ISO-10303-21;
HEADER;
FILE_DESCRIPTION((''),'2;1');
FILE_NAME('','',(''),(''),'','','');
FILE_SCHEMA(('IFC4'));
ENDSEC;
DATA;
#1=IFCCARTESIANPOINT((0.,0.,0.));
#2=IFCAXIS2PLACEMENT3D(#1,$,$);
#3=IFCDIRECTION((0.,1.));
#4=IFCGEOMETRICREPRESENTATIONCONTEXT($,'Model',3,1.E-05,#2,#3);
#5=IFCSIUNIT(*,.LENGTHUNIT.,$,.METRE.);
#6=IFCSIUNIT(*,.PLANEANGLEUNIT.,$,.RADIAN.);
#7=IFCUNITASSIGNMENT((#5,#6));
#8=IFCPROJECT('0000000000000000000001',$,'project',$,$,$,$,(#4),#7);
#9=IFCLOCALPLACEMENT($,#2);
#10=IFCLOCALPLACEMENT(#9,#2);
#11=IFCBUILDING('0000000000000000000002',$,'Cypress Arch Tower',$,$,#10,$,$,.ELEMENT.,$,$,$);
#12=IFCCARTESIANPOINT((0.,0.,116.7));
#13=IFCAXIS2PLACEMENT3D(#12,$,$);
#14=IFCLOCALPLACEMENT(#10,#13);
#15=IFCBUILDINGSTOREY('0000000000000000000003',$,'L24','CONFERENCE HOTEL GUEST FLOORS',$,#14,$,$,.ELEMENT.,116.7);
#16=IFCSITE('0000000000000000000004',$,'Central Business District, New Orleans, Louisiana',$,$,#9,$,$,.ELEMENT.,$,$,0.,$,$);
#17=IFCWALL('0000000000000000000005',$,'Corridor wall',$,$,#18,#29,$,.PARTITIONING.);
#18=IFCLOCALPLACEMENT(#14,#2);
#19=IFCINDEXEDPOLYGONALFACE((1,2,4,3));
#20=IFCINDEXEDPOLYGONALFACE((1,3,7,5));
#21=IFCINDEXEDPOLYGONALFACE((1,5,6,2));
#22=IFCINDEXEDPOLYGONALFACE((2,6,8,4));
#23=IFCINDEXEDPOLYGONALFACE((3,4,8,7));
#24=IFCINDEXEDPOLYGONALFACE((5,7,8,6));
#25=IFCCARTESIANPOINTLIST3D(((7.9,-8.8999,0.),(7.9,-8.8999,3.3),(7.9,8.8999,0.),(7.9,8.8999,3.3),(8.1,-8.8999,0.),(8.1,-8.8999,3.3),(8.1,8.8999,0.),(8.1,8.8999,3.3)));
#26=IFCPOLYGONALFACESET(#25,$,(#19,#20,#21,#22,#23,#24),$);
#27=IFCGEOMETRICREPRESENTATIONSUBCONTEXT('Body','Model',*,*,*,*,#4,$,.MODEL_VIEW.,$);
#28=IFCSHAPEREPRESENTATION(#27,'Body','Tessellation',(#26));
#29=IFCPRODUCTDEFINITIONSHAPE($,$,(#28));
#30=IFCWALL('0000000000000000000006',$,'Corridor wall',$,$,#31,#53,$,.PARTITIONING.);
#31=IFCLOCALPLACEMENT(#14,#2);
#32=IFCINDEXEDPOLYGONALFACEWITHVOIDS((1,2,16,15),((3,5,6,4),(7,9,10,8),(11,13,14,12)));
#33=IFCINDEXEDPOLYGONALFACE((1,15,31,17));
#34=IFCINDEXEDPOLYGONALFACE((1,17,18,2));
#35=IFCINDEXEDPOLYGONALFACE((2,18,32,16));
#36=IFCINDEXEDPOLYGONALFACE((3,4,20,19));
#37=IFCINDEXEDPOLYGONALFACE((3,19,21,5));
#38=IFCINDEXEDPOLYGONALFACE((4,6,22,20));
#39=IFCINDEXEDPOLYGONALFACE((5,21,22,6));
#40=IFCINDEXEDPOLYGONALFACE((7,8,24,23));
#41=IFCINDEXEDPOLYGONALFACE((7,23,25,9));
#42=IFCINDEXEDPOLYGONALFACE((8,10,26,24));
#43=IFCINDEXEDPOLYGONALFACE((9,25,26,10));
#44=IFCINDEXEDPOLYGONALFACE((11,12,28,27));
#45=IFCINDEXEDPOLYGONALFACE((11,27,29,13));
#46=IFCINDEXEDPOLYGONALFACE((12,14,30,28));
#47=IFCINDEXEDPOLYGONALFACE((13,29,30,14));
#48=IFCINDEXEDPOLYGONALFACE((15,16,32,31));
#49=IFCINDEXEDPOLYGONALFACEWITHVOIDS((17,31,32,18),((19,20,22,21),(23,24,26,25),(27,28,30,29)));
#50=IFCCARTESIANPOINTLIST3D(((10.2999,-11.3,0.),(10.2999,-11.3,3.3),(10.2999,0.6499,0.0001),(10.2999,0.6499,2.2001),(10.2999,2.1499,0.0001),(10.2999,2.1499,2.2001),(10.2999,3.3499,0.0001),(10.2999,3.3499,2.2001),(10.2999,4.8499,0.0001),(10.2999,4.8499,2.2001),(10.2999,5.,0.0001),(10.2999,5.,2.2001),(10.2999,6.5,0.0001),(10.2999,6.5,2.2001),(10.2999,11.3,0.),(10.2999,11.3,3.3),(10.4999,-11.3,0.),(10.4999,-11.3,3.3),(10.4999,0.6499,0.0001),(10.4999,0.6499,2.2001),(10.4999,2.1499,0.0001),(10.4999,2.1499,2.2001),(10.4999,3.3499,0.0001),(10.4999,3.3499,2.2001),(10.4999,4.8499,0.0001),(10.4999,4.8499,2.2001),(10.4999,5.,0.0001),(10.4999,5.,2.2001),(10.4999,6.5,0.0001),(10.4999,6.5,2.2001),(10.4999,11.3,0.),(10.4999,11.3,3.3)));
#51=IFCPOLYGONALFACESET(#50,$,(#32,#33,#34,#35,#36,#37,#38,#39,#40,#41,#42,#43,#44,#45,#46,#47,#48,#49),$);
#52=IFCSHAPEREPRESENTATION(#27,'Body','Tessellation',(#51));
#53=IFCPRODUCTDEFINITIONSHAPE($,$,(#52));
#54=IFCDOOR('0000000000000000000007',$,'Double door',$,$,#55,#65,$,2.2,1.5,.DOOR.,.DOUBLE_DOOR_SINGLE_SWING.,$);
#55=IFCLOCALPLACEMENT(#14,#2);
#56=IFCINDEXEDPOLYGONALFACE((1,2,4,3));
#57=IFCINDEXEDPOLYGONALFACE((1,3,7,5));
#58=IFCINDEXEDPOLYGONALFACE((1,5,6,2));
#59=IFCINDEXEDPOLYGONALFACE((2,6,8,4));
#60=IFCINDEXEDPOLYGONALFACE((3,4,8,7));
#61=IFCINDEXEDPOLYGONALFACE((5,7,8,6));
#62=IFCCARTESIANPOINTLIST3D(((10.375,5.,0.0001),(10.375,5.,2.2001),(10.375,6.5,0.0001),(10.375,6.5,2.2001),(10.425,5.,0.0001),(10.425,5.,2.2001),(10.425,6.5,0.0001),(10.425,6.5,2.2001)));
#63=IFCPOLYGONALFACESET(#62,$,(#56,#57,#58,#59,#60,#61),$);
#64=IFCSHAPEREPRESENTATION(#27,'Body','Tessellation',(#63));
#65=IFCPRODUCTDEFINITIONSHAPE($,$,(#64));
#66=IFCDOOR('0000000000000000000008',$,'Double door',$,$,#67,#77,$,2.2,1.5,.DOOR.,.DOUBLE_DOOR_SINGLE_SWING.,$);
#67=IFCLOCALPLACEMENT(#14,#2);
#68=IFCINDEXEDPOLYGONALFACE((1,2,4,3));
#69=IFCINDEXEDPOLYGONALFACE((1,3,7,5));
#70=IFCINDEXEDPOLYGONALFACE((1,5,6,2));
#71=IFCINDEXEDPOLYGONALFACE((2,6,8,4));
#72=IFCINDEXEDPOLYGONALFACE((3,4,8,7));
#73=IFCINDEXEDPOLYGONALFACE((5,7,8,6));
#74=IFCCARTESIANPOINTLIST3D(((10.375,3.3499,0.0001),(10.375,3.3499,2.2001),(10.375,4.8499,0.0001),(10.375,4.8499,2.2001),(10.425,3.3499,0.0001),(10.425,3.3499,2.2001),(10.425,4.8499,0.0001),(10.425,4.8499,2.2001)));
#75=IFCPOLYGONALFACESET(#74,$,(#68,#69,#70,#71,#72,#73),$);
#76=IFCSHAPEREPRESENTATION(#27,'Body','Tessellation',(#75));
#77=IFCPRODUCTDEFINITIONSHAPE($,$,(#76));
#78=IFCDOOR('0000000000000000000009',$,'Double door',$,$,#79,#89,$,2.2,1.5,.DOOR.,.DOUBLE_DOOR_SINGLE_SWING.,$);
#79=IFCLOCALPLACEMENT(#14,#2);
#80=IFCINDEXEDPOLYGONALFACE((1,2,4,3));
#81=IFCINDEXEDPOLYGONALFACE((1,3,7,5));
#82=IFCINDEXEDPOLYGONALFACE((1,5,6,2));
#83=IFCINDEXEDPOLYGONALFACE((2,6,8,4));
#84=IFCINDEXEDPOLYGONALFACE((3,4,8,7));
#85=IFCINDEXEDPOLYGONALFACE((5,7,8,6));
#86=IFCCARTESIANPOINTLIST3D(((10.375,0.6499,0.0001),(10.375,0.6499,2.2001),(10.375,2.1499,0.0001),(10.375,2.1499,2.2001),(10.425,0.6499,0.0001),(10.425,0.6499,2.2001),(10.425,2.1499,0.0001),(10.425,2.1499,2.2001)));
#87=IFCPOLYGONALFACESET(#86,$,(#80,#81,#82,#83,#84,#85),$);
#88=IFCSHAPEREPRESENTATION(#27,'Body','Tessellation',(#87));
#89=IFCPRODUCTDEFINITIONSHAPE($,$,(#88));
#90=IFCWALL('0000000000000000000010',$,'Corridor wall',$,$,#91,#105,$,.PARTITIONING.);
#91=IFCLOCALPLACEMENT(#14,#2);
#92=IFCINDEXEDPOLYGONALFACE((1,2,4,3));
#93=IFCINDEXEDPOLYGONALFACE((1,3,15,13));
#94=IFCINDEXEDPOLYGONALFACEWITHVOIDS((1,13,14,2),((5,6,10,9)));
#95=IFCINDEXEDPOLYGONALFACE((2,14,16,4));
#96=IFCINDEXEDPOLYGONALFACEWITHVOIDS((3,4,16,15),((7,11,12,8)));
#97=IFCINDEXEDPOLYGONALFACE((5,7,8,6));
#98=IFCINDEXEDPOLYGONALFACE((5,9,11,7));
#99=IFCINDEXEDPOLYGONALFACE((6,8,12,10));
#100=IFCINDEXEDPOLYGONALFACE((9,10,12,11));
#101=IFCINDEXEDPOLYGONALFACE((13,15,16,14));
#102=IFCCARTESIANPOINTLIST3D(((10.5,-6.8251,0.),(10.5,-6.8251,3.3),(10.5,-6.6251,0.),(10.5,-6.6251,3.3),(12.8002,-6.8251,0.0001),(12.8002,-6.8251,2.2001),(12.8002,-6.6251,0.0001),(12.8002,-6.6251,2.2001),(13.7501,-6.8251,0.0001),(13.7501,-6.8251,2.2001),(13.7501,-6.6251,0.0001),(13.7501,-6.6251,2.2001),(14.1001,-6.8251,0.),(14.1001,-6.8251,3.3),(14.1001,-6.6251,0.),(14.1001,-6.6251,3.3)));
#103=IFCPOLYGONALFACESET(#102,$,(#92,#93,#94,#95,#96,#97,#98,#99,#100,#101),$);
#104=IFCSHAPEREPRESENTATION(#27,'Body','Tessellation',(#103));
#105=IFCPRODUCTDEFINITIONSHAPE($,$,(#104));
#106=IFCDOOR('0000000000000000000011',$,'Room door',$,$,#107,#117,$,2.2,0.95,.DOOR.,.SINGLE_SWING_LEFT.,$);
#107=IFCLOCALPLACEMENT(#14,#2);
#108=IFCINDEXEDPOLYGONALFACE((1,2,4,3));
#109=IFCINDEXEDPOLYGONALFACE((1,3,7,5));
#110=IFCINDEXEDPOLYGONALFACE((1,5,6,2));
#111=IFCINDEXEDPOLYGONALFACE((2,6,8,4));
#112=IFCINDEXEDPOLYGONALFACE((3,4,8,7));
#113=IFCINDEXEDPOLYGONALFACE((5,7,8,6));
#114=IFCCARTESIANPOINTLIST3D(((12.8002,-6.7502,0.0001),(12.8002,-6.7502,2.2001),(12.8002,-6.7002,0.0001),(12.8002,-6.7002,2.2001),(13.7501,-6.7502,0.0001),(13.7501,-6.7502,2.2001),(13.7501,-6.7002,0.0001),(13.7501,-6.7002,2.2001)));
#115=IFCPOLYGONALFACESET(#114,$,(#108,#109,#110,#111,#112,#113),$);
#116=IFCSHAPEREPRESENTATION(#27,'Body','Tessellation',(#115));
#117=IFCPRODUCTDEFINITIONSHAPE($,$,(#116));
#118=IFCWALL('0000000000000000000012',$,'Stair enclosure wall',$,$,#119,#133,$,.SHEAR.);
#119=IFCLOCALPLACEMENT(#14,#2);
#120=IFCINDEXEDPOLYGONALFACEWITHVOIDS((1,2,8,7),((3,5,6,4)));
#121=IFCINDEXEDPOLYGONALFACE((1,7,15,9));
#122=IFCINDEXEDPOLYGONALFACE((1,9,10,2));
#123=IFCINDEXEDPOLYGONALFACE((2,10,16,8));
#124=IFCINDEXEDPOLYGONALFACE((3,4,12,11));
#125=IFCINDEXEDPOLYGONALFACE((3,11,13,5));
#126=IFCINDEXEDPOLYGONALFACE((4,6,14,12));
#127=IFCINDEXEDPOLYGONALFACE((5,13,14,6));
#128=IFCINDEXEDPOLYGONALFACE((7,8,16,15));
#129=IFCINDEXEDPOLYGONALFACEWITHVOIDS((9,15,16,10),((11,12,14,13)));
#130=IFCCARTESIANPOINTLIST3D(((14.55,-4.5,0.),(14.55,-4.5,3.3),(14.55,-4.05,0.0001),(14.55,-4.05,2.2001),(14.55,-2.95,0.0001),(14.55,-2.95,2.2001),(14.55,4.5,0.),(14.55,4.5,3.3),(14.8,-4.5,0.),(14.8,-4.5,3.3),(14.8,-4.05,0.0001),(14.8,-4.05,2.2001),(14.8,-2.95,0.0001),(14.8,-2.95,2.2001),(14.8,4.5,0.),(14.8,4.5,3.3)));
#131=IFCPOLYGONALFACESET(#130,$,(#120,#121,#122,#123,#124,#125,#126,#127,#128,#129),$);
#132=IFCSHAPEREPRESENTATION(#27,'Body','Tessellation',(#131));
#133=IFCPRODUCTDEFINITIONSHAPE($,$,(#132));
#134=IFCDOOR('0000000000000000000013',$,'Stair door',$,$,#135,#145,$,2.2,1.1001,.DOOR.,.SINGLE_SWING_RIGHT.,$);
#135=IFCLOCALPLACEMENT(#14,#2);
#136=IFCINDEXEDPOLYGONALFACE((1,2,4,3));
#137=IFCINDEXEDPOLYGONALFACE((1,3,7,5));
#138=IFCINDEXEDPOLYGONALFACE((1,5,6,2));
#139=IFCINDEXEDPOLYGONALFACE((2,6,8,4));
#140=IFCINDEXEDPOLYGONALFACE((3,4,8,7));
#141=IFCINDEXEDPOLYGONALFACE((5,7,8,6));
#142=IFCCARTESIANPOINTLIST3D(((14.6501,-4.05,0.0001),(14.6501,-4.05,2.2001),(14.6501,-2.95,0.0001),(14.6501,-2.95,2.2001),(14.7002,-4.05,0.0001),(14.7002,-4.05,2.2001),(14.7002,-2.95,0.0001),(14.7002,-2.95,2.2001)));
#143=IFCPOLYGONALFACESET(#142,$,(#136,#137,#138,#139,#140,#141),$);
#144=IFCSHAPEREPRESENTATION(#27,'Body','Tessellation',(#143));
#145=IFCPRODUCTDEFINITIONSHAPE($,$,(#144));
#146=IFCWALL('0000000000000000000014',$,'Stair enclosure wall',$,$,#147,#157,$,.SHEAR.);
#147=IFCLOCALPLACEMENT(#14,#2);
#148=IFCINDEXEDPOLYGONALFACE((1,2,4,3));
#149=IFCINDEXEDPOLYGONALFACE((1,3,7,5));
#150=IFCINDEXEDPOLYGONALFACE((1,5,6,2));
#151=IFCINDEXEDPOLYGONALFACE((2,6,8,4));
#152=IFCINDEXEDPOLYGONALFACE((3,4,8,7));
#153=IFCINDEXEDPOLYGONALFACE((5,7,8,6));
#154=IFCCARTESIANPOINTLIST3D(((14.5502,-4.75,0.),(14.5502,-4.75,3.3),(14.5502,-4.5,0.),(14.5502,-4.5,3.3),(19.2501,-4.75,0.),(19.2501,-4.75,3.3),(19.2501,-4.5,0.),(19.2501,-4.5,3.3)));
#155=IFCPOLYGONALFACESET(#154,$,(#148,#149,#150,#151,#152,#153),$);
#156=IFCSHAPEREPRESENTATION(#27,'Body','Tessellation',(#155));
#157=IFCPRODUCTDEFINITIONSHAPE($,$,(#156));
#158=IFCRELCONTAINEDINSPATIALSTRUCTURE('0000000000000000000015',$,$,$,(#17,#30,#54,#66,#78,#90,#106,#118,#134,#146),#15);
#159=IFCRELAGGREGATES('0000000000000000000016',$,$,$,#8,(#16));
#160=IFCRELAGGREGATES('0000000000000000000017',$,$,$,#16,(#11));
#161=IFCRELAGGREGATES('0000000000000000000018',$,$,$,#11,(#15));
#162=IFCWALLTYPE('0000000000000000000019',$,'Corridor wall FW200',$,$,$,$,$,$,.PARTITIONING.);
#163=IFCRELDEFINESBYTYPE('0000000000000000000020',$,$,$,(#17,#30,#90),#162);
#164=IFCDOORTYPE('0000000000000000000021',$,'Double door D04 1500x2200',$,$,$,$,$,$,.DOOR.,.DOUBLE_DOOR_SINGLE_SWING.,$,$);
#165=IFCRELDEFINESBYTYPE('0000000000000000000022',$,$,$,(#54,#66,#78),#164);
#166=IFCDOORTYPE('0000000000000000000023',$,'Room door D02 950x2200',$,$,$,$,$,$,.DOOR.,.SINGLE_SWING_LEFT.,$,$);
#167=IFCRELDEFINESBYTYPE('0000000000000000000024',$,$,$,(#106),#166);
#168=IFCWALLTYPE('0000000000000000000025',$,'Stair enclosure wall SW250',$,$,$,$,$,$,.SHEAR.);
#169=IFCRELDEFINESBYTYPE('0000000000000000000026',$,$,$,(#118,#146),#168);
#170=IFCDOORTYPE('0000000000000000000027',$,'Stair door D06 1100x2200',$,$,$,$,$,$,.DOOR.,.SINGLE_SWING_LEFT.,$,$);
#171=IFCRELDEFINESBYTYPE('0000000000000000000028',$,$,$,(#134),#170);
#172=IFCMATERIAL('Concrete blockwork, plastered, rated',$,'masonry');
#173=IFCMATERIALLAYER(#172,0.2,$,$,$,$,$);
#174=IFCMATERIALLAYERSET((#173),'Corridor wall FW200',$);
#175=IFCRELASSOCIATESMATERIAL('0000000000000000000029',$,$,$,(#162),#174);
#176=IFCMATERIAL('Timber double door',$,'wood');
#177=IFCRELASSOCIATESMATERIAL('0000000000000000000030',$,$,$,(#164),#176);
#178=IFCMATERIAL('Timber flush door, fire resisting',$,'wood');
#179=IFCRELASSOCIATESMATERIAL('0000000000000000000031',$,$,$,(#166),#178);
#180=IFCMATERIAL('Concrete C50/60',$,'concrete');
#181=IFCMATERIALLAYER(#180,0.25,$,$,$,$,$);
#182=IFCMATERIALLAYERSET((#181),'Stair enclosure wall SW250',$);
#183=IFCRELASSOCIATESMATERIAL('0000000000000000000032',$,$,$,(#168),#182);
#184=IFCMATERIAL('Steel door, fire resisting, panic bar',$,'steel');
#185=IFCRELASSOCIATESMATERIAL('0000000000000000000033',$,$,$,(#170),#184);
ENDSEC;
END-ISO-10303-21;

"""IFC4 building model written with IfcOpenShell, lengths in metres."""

from ifc_helpers import new_model, si_unit, direction, frame, frame_2d, origin, place, context, subcontext, project, spatial, rectangle, extrude, material, layer, layer_set, type_object, element, fill, save


model = new_model("IFC4")

# Units and contexts
model_context = context("Model", 3, precision=1e-05, world=origin(), true_north=direction((0.0, 1.0)))
body_context = subcontext(model_context, "Body", "Model", "MODEL_VIEW")
ifc_project = project(units=[si_unit("LENGTHUNIT", "METRE"), si_unit("PLANEANGLEUNIT", "RADIAN")], contexts=[model_context])

# Site, building, storey
site_placement = place(None, origin())
site = spatial("IfcSite", under=ifc_project, at=site_placement, Name="Central Business District, New Orleans, Louisiana", CompositionType="ELEMENT", RefElevation=0.0)
building_placement = place(site_placement, origin())
building = spatial("IfcBuilding", under=site, at=building_placement, Name="Cypress Arch Tower", CompositionType="ELEMENT")
storey_placement = place(building_placement, frame((0.0, 0.0, 116.7)))
storey = spatial("IfcBuildingStorey", under=building, at=storey_placement, Name="L24", Description="CONFERENCE HOTEL GUEST FLOORS", CompositionType="ELEMENT", Elevation=116.7)

# Wall
ifc_material_1 = material(Name="Concrete blockwork, plastered, rated", Category="masonry")
ifc_layer_1 = layer(ifc_material_1, 0.2)
ifc_layer_set_1 = layer_set([ifc_layer_1], Name="Corridor wall FW200")
wall_type_1 = type_object("IfcWallType", Name="Corridor wall FW200", PredefinedType="PARTITIONING", material=ifc_layer_set_1)
wall_1_placement = place(storey_placement, frame((8.0, -8.8999, 0.0), z_axis=(0.0, 0.0, 1.0), x_axis=(0.0, 1.0, 0.0)))
element("IfcWall", 1, at=wall_1_placement, inside=storey, type_object=wall_type_1, Name="Corridor wall", PredefinedType="PARTITIONING", context=body_context, shape_type="SweptSolid", body=[
    extrude(rectangle(XDim=17.7998, YDim=0.2, at=frame_2d((8.8999, 0.0))), origin(), (0.0, 0.0, 1.0), 3.3),
])

# Wall, openings, doors
wall_2_placement = place(storey_placement, frame((10.3999, -11.3, 0.0), z_axis=(0.0, 0.0, 1.0), x_axis=(0.0, 1.0, 0.0)))
wall_2 = element("IfcWall", 2, at=wall_2_placement, inside=storey, type_object=wall_type_1, Name="Corridor wall", PredefinedType="PARTITIONING", context=body_context, shape_type="SweptSolid", body=[
    extrude(rectangle(XDim=22.6001, YDim=0.2, at=frame_2d((11.3, 0.0))), origin(), (0.0, 0.0, 1.0), 3.3),
])
opening_1_placement = place(wall_2_placement, frame((16.3, 0.0, 0.0)))
opening_1 = element("IfcOpeningElement", 3, at=opening_1_placement, cuts=wall_2, PredefinedType="OPENING", context=body_context, shape_type="SweptSolid", body=[
    extrude(rectangle(XDim=1.5, YDim=2.2, at=frame_2d((0.75, 1.1001))), frame((0.0, 0.1099, 0.0), z_axis=(0.0, -1.0, 0.0), x_axis=(1.0, 0.0, 0.0)), (0.0, 0.0, 1.0), 0.22),
])
opening_2_placement = place(wall_2_placement, frame((14.6499, 0.0, 0.0)))
opening_2 = element("IfcOpeningElement", 4, at=opening_2_placement, cuts=wall_2, PredefinedType="OPENING", context=body_context, shape_type="SweptSolid", body=[
    extrude(rectangle(XDim=1.5, YDim=2.2, at=frame_2d((0.75, 1.1001))), frame((0.0, 0.1099, 0.0), z_axis=(0.0, -1.0, 0.0), x_axis=(1.0, 0.0, 0.0)), (0.0, 0.0, 1.0), 0.22),
])
opening_3_placement = place(wall_2_placement, frame((11.95, 0.0, 0.0)))
opening_3 = element("IfcOpeningElement", 5, at=opening_3_placement, cuts=wall_2, PredefinedType="OPENING", context=body_context, shape_type="SweptSolid", body=[
    extrude(rectangle(XDim=1.5, YDim=2.2, at=frame_2d((0.75, 1.1001))), frame((0.0, 0.1099, 0.0), z_axis=(0.0, -1.0, 0.0), x_axis=(1.0, 0.0, 0.0)), (0.0, 0.0, 1.0), 0.22),
])
ifc_material_2 = material(Name="Timber double door", Category="wood")
door_type_1 = type_object("IfcDoorType", Name="Double door D04 1500x2200", OperationType="DOUBLE_DOOR_SINGLE_SWING", PredefinedType="DOOR", material=ifc_material_2)
door_1_placement = place(opening_1_placement, origin())
door_1 = element("IfcDoor", 6, at=door_1_placement, inside=storey, type_object=door_type_1, Name="Double door", OperationType="DOUBLE_DOOR_SINGLE_SWING", OverallHeight=2.2, OverallWidth=1.5, PredefinedType="DOOR", context=body_context, shape_type="SweptSolid", body=[
    extrude(rectangle(XDim=1.5, YDim=2.2, at=frame_2d((0.75, 1.1001))), frame((0.0, 0.0249, 0.0), z_axis=(0.0, -1.0, 0.0), x_axis=(1.0, 0.0, 0.0)), (0.0, 0.0, 1.0), 0.05),
])
fill(opening_1, door_1)
door_2_placement = place(opening_2_placement, origin())
door_2 = element("IfcDoor", 7, at=door_2_placement, inside=storey, type_object=door_type_1, Name="Double door", OperationType="DOUBLE_DOOR_SINGLE_SWING", OverallHeight=2.2, OverallWidth=1.5, PredefinedType="DOOR", context=body_context, shape_type="SweptSolid", body=[
    extrude(rectangle(XDim=1.5, YDim=2.2, at=frame_2d((0.75, 1.1001))), frame((0.0, 0.0249, 0.0), z_axis=(0.0, -1.0, 0.0), x_axis=(1.0, 0.0, 0.0)), (0.0, 0.0, 1.0), 0.05),
])
fill(opening_2, door_2)
door_3_placement = place(opening_3_placement, origin())
door_3 = element("IfcDoor", 8, at=door_3_placement, inside=storey, type_object=door_type_1, Name="Double door", OperationType="DOUBLE_DOOR_SINGLE_SWING", OverallHeight=2.2, OverallWidth=1.5, PredefinedType="DOOR", context=body_context, shape_type="SweptSolid", body=[
    extrude(rectangle(XDim=1.5, YDim=2.2, at=frame_2d((0.75, 1.1001))), frame((0.0, 0.0249, 0.0), z_axis=(0.0, -1.0, 0.0), x_axis=(1.0, 0.0, 0.0)), (0.0, 0.0, 1.0), 0.05),
])
fill(opening_3, door_3)

# Walls, openings, doors
wall_3_placement = place(storey_placement, frame((10.5, -6.7251, 0.0), z_axis=(0.0, 0.0, 1.0), x_axis=(1.0, 0.0, 0.0)))
wall_3 = element("IfcWall", 9, at=wall_3_placement, inside=storey, type_object=wall_type_1, Name="Corridor wall", PredefinedType="PARTITIONING", context=body_context, shape_type="SweptSolid", body=[
    extrude(rectangle(XDim=3.6001, YDim=0.2, at=frame_2d((1.8, 0.0))), origin(), (0.0, 0.0, 1.0), 3.3),
])
opening_4_placement = place(wall_3_placement, frame((2.3, 0.0, 0.0)))
opening_4 = element("IfcOpeningElement", 10, at=opening_4_placement, cuts=wall_3, PredefinedType="OPENING", context=body_context, shape_type="SweptSolid", body=[
    extrude(rectangle(XDim=0.95, YDim=2.2, at=frame_2d((0.4751, 1.1001))), frame((0.0, 0.1099, 0.0), z_axis=(0.0, -1.0, 0.0), x_axis=(1.0, 0.0, 0.0)), (0.0, 0.0, 1.0), 0.22),
])
ifc_material_3 = material(Name="Timber flush door, fire resisting", Category="wood")
door_type_2 = type_object("IfcDoorType", Name="Room door D02 950x2200", OperationType="SINGLE_SWING_LEFT", PredefinedType="DOOR", material=ifc_material_3)
door_4_placement = place(opening_4_placement, origin())
door_4 = element("IfcDoor", 11, at=door_4_placement, inside=storey, type_object=door_type_2, Name="Room door", OperationType="SINGLE_SWING_LEFT", OverallHeight=2.2, OverallWidth=0.95, PredefinedType="DOOR", context=body_context, shape_type="SweptSolid", body=[
    extrude(rectangle(XDim=0.95, YDim=2.2, at=frame_2d((0.4751, 1.1001))), frame((0.0, 0.0249, 0.0), z_axis=(0.0, -1.0, 0.0), x_axis=(1.0, 0.0, 0.0)), (0.0, 0.0, 1.0), 0.05),
])
fill(opening_4, door_4)
ifc_material_4 = material(Name="Concrete C50/60", Category="concrete")
ifc_layer_2 = layer(ifc_material_4, 0.25)
ifc_layer_set_2 = layer_set([ifc_layer_2], Name="Stair enclosure wall SW250")
wall_type_2 = type_object("IfcWallType", Name="Stair enclosure wall SW250", PredefinedType="SHEAR", material=ifc_layer_set_2)
wall_4_placement = place(storey_placement, frame((14.675, -4.5, 0.0), z_axis=(0.0, 0.0, 1.0), x_axis=(0.0, 1.0, 0.0)))
wall_4 = element("IfcWall", 12, at=wall_4_placement, inside=storey, type_object=wall_type_2, Name="Stair enclosure wall", PredefinedType="SHEAR", context=body_context, shape_type="SweptSolid", body=[
    extrude(rectangle(XDim=9.0, YDim=0.25, at=frame_2d((4.5, 0.0))), origin(), (0.0, 0.0, 1.0), 3.3),
])
opening_5_placement = place(wall_4_placement, frame((0.45, 0.0, 0.0)))
opening_5 = element("IfcOpeningElement", 13, at=opening_5_placement, cuts=wall_4, PredefinedType="OPENING", context=body_context, shape_type="SweptSolid", body=[
    extrude(rectangle(XDim=1.1001, YDim=2.2, at=frame_2d((0.55, 1.1001))), frame((0.0, 0.135, 0.0), z_axis=(0.0, -1.0, 0.0), x_axis=(1.0, 0.0, 0.0)), (0.0, 0.0, 1.0), 0.27),
])
ifc_material_5 = material(Name="Steel door, fire resisting, panic bar", Category="steel")
door_type_3 = type_object("IfcDoorType", Name="Stair door D06 1100x2200", OperationType="SINGLE_SWING_LEFT", PredefinedType="DOOR", material=ifc_material_5)
door_5_placement = place(opening_5_placement, origin())
door_5 = element("IfcDoor", 14, at=door_5_placement, inside=storey, type_object=door_type_3, Name="Stair door", OperationType="SINGLE_SWING_RIGHT", OverallHeight=2.2, OverallWidth=1.1001, PredefinedType="DOOR", context=body_context, shape_type="SweptSolid", body=[
    extrude(rectangle(XDim=1.1001, YDim=2.2, at=frame_2d((0.55, 1.1001))), frame((0.0, 0.0249, 0.0), z_axis=(0.0, -1.0, 0.0), x_axis=(1.0, 0.0, 0.0)), (0.0, 0.0, 1.0), 0.05),
])
fill(opening_5, door_5)

# Wall
wall_5_placement = place(storey_placement, frame((14.55, -4.625, 0.0), z_axis=(0.0, 0.0, 1.0), x_axis=(1.0, 0.0, 0.0)))
element("IfcWall", 15, at=wall_5_placement, inside=storey, type_object=wall_type_2, Name="Stair enclosure wall", PredefinedType="SHEAR", context=body_context, shape_type="SweptSolid", body=[
    extrude(rectangle(XDim=4.7, YDim=0.25, at=frame_2d((2.3501, 0.0))), origin(), (0.0, 0.0, 1.0), 3.3),
])

save(model, "model.ifc")
